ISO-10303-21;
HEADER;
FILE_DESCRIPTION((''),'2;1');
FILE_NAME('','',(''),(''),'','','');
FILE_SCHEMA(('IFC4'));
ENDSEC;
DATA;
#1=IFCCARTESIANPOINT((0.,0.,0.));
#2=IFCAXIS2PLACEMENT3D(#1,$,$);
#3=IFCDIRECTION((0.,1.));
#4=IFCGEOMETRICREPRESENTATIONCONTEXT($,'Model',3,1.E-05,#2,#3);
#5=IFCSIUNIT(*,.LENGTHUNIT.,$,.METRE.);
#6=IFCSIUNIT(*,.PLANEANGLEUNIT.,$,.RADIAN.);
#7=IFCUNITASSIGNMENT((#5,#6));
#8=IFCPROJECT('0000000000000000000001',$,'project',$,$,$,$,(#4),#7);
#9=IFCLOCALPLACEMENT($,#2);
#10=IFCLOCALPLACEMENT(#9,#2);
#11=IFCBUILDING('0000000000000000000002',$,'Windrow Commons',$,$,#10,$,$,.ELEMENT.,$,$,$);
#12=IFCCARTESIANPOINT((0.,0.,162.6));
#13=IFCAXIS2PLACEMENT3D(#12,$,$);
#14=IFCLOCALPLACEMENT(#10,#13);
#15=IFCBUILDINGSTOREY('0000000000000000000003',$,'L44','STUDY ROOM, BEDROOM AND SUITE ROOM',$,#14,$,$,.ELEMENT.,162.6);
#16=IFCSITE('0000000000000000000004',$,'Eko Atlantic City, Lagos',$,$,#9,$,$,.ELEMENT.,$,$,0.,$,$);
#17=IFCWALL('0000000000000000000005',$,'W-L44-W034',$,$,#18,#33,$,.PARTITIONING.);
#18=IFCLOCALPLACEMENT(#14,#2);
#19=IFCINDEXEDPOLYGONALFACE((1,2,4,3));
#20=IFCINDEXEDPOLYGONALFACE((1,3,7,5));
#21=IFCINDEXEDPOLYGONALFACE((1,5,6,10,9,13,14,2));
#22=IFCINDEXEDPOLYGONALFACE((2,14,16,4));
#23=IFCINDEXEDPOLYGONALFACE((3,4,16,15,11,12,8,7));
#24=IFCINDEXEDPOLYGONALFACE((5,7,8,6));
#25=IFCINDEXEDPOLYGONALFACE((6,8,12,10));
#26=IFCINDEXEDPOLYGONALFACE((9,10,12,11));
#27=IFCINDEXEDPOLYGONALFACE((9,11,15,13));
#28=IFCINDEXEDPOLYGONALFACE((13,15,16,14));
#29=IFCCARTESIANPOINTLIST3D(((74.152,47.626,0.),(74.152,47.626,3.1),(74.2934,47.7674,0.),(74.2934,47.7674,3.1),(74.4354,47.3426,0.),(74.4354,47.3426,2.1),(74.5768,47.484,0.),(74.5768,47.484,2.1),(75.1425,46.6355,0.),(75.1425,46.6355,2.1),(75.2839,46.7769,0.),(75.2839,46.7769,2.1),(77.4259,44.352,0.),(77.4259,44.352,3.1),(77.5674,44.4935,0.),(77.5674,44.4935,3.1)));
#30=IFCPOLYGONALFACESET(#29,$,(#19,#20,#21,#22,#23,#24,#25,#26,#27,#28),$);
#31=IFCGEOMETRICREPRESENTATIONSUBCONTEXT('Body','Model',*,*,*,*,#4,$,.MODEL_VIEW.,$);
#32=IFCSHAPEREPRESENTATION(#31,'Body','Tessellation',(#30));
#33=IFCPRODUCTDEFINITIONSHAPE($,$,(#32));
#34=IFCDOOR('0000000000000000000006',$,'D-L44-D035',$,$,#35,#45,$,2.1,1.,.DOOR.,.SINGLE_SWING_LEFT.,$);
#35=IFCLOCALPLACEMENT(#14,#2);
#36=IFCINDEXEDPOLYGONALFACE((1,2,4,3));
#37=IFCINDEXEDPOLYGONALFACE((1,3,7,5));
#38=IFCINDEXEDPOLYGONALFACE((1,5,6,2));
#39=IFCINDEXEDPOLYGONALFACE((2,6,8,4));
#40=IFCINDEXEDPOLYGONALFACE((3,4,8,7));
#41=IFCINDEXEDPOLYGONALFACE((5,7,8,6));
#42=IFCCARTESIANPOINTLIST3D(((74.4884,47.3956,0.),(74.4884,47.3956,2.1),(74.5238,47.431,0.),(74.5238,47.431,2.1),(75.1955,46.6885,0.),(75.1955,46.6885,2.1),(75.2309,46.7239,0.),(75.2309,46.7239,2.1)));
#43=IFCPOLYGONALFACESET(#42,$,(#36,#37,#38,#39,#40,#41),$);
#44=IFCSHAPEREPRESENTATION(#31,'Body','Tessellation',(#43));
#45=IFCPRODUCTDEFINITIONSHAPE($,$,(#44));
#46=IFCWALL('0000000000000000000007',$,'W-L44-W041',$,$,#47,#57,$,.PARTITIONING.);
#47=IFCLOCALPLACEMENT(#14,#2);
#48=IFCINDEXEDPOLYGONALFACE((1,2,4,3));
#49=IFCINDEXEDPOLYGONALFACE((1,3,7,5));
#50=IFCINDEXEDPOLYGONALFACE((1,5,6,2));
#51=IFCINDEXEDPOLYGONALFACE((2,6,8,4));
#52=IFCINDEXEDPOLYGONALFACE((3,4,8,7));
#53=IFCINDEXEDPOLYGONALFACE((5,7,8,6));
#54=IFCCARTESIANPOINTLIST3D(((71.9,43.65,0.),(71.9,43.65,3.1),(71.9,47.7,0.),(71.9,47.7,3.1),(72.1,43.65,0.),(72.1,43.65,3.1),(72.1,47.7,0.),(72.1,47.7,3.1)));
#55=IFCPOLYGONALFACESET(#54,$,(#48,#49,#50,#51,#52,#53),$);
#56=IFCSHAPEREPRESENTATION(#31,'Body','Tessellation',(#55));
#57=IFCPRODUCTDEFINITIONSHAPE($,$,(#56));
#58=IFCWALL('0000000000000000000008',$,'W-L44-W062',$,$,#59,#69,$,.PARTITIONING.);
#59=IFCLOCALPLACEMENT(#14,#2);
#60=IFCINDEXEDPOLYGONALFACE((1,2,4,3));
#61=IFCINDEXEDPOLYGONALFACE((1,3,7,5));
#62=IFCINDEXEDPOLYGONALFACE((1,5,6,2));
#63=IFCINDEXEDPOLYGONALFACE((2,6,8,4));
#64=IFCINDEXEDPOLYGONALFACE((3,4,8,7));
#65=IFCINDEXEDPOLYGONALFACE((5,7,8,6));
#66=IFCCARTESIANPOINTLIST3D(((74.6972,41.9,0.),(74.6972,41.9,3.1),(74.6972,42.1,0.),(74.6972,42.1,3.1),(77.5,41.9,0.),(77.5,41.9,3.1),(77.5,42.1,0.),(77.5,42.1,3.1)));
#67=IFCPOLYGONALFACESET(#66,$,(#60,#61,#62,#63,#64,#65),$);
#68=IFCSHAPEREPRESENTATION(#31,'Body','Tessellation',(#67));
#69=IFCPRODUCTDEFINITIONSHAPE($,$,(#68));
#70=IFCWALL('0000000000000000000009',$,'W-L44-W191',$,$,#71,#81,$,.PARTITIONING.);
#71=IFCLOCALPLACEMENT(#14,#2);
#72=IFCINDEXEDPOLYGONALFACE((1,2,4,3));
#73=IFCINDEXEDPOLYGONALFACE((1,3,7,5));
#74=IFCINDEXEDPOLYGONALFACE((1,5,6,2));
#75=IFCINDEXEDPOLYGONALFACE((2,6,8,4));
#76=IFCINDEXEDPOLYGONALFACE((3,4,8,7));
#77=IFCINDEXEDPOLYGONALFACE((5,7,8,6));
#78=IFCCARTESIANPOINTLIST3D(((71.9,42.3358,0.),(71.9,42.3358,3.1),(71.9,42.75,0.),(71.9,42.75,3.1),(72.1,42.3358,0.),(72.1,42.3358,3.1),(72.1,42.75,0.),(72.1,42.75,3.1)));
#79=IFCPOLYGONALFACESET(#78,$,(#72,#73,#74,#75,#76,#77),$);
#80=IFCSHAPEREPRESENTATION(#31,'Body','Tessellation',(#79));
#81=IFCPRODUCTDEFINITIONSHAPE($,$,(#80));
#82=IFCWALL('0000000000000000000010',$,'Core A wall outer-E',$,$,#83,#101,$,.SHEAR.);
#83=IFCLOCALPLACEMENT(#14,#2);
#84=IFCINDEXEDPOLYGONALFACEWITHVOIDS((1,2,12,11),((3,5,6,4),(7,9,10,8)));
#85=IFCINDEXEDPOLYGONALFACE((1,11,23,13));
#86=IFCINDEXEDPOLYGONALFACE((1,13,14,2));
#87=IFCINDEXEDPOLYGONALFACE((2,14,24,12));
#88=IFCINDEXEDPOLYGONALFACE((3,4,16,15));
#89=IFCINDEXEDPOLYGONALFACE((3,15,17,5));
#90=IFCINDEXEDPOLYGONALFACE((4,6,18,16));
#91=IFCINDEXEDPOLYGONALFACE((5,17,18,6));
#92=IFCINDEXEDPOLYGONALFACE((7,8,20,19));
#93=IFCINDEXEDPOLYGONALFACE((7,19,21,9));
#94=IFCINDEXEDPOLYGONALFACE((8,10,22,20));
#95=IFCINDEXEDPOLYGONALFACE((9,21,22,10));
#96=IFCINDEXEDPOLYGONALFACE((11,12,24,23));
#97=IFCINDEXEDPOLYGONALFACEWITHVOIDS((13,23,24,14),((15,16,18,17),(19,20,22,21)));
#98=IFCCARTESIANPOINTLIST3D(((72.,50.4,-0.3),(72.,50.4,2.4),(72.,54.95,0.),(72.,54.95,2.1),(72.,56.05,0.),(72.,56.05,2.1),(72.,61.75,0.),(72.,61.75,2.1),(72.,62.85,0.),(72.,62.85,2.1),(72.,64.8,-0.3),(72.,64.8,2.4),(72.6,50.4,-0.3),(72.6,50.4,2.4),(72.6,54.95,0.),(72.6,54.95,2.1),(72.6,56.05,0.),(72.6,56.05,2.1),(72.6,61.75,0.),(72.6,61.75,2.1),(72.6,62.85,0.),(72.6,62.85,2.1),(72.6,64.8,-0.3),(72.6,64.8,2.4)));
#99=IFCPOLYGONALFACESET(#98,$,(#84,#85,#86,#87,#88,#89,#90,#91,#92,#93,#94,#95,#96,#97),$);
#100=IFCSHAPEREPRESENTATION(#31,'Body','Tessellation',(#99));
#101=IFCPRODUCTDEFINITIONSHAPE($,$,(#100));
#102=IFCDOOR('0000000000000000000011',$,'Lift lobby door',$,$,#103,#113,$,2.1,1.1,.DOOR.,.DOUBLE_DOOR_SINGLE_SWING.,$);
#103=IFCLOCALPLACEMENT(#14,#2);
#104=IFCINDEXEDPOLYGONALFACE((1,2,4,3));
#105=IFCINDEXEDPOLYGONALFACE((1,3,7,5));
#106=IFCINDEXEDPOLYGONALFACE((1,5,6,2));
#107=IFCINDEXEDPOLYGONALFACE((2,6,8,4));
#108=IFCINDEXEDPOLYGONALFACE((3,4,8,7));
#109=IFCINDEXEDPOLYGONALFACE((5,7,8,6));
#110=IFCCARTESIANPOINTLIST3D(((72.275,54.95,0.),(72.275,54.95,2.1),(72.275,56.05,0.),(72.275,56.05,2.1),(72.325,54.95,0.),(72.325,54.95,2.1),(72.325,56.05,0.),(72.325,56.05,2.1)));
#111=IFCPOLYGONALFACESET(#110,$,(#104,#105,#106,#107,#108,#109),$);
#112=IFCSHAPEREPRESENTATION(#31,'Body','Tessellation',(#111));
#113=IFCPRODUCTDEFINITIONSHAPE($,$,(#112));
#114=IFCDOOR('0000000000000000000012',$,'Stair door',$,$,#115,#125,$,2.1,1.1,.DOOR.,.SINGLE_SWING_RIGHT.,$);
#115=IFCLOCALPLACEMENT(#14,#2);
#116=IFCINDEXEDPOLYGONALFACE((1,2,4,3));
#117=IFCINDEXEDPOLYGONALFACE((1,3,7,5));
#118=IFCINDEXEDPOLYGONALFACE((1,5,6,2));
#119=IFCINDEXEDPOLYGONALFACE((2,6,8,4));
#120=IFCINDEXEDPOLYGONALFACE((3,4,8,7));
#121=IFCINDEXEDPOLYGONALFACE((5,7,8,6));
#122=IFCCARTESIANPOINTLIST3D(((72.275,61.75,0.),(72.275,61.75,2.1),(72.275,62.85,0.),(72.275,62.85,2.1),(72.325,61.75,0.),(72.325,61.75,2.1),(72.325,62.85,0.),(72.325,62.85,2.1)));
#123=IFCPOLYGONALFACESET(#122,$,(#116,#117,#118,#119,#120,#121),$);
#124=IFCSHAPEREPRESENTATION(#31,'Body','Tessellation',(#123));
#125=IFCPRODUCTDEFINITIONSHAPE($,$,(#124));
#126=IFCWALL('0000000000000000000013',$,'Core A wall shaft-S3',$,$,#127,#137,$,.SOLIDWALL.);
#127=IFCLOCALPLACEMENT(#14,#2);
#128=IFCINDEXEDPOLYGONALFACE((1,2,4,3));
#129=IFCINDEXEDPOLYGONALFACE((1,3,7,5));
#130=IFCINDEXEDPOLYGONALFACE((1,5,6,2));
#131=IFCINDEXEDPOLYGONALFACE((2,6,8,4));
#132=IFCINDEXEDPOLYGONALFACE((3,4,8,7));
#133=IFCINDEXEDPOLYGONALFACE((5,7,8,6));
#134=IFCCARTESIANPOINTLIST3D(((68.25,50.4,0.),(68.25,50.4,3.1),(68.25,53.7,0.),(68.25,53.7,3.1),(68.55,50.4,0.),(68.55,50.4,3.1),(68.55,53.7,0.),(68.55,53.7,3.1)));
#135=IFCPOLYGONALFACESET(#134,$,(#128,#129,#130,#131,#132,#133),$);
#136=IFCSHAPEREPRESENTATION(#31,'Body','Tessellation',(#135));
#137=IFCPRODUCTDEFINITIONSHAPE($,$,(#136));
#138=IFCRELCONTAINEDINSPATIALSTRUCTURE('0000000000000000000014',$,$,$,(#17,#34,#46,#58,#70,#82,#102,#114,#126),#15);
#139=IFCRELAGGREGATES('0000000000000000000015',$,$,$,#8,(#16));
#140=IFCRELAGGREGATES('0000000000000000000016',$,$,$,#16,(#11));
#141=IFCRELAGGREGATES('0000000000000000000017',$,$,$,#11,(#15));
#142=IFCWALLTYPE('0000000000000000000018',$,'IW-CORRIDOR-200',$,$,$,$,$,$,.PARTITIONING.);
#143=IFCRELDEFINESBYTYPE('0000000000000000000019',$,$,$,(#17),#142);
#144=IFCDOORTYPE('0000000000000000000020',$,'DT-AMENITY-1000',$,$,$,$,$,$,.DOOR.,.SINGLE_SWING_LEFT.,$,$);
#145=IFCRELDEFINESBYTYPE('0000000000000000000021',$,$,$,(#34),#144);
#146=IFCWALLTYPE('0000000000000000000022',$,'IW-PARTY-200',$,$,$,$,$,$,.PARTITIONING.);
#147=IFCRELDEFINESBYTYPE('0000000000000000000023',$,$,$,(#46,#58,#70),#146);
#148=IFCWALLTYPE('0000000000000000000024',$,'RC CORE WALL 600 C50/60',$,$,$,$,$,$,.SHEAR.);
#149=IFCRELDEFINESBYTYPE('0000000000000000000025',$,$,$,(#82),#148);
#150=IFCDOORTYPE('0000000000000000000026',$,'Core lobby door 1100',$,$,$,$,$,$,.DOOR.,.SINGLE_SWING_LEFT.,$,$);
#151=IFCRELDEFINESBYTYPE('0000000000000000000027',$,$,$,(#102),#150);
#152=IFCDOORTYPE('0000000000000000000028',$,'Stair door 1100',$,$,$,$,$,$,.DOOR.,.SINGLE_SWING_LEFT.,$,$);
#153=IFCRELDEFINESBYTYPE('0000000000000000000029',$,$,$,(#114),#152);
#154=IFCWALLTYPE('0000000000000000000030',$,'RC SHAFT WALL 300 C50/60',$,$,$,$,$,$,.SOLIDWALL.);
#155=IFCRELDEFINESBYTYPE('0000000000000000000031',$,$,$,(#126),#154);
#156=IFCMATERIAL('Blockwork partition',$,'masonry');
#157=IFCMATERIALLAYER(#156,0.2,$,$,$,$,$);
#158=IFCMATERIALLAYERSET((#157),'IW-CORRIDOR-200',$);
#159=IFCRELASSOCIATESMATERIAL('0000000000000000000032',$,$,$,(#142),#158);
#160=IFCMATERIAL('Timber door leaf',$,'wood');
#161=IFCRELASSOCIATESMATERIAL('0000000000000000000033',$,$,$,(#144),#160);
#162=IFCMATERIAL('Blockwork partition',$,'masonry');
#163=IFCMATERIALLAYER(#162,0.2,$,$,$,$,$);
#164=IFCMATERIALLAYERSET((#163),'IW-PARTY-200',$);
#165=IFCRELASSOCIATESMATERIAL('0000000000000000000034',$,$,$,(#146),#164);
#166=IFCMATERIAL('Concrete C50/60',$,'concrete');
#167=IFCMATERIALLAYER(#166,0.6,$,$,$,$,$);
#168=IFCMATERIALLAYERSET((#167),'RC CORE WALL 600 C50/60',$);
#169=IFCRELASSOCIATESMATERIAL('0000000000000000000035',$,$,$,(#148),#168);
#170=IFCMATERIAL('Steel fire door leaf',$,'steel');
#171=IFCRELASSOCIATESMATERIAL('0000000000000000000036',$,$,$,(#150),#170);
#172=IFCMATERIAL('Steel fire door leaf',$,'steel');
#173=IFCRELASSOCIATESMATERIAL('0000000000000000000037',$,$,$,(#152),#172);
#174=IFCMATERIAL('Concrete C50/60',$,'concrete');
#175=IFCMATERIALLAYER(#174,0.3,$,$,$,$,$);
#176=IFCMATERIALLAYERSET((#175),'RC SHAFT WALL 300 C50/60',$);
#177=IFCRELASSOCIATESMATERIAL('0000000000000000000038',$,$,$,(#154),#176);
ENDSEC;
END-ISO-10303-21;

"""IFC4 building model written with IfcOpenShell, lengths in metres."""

from ifc_helpers import new_model, si_unit, direction, frame, frame_2d, origin, place, context, subcontext, project, spatial, rectangle, extrude, material, layer, layer_set, type_object, element, fill, save


model = new_model("IFC4")

# Units and contexts
model_context = context("Model", 3, precision=1e-05, world=origin(), true_north=direction((0.0, 1.0)))
body_context = subcontext(model_context, "Body", "Model", "MODEL_VIEW")
ifc_project = project(units=[si_unit("LENGTHUNIT", "METRE"), si_unit("PLANEANGLEUNIT", "RADIAN")], contexts=[model_context])

# Site, building, storey
site_placement = place(None, origin())
site = spatial("IfcSite", under=ifc_project, at=site_placement, Name="Eko Atlantic City, Lagos", CompositionType="ELEMENT", RefElevation=0.0)
building_placement = place(site_placement, origin())
building = spatial("IfcBuilding", under=site, at=building_placement, Name="Windrow Commons", CompositionType="ELEMENT")
storey_placement = place(building_placement, frame((0.0, 0.0, 162.6)))
storey = spatial("IfcBuildingStorey", under=building, at=storey_placement, Name="L44", Description="STUDY ROOM, BEDROOM AND SUITE ROOM", CompositionType="ELEMENT", Elevation=162.6)

# Wall, opening, door
ifc_material_1 = material(Name="Blockwork partition", Category="masonry")
ifc_layer_1 = layer(ifc_material_1, 0.2)
ifc_layer_set_1 = layer_set([ifc_layer_1], Name="IW-CORRIDOR-200")
wall_type_1 = type_object("IfcWallType", Name="IW-CORRIDOR-200", PredefinedType="PARTITIONING", material=ifc_layer_set_1)
wall_1_placement = place(storey_placement, frame((74.2227, 47.6967, 0.0), z_axis=(0.0, 0.0, 1.0), x_axis=(0.707107, -0.707107, 0.0)))
wall_1 = element("IfcWall", 1, at=wall_1_placement, inside=storey, type_object=wall_type_1, Name="W-L44-W034", PredefinedType="PARTITIONING", context=body_context, shape_type="SweptSolid", body=[
    extrude(rectangle(XDim=4.6301, YDim=0.2, at=frame_2d((2.315, 0.0))), origin(), (0.0, 0.0, 1.0), 3.1),
])
opening_1_placement = place(wall_1_placement, frame((0.4008, 0.0, 0.0)))
opening_1 = element("IfcOpeningElement", 2, at=opening_1_placement, cuts=wall_1, PredefinedType="OPENING", context=body_context, shape_type="SweptSolid", body=[
    extrude(rectangle(XDim=1.0, YDim=2.1, at=frame_2d((0.5, 1.05))), frame((0.0, 0.11, 0.0), z_axis=(0.0, -1.0, 0.0), x_axis=(1.0, 0.0, 0.0)), (0.0, 0.0, 1.0), 0.22),
])
ifc_material_2 = material(Name="Timber door leaf", Category="wood")
door_type_1 = type_object("IfcDoorType", Name="DT-AMENITY-1000", OperationType="SINGLE_SWING_LEFT", PredefinedType="DOOR", material=ifc_material_2)
door_1_placement = place(opening_1_placement, origin())
door_1 = element("IfcDoor", 3, at=door_1_placement, inside=storey, type_object=door_type_1, Name="D-L44-D035", OperationType="SINGLE_SWING_LEFT", OverallHeight=2.1, OverallWidth=1.0, PredefinedType="DOOR", context=body_context, shape_type="SweptSolid", body=[
    extrude(rectangle(XDim=1.0, YDim=2.1, at=frame_2d((0.5, 1.05))), frame((0.0, 0.025, 0.0), z_axis=(0.0, -1.0, 0.0), x_axis=(1.0, 0.0, 0.0)), (0.0, 0.0, 1.0), 0.05),
])
fill(opening_1, door_1)

# Walls
ifc_material_3 = material(Name="Blockwork partition", Category="masonry")
ifc_layer_2 = layer(ifc_material_3, 0.2)
ifc_layer_set_2 = layer_set([ifc_layer_2], Name="IW-PARTY-200")
wall_type_2 = type_object("IfcWallType", Name="IW-PARTY-200", PredefinedType="PARTITIONING", material=ifc_layer_set_2)
wall_2_placement = place(storey_placement, frame((72.0, 43.65, 0.0), z_axis=(0.0, 0.0, 1.0), x_axis=(0.0, 1.0, 0.0)))
element("IfcWall", 4, at=wall_2_placement, inside=storey, type_object=wall_type_2, Name="W-L44-W041", PredefinedType="PARTITIONING", context=body_context, shape_type="SweptSolid", body=[
    extrude(rectangle(XDim=4.05, YDim=0.2, at=frame_2d((2.025, 0.0))), origin(), (0.0, 0.0, 1.0), 3.1),
])
wall_3_placement = place(storey_placement, frame((74.6972, 42.0, 0.0), z_axis=(0.0, 0.0, 1.0), x_axis=(1.0, 0.0, 0.0)))
element("IfcWall", 5, at=wall_3_placement, inside=storey, type_object=wall_type_2, Name="W-L44-W062", PredefinedType="PARTITIONING", context=body_context, shape_type="SweptSolid", body=[
    extrude(rectangle(XDim=2.8028, YDim=0.2, at=frame_2d((1.4014, 0.0))), origin(), (0.0, 0.0, 1.0), 3.1),
])
wall_4_placement = place(storey_placement, frame((72.0, 42.3358, 0.0), z_axis=(0.0, 0.0, 1.0), x_axis=(0.0, 1.0, 0.0)))
element("IfcWall", 6, at=wall_4_placement, inside=storey, type_object=wall_type_2, Name="W-L44-W191", PredefinedType="PARTITIONING", context=body_context, shape_type="SweptSolid", body=[
    extrude(rectangle(XDim=0.4142, YDim=0.2, at=frame_2d((0.2071, 0.0))), origin(), (0.0, 0.0, 1.0), 3.1),
])

# Wall, openings, doors
ifc_material_4 = material(Name="Concrete C50/60", Category="concrete")
ifc_layer_3 = layer(ifc_material_4, 0.6)
ifc_layer_set_3 = layer_set([ifc_layer_3], Name="RC CORE WALL 600 C50/60")
wall_type_3 = type_object("IfcWallType", Name="RC CORE WALL 600 C50/60", PredefinedType="SHEAR", material=ifc_layer_set_3)
wall_5_placement = place(storey_placement, frame((72.3, 50.4, -0.3), z_axis=(0.0, 0.0, 1.0), x_axis=(0.0, 1.0, 0.0)))
wall_5 = element("IfcWall", 7, at=wall_5_placement, inside=storey, type_object=wall_type_3, Name="Core A wall outer-E", PredefinedType="SHEAR", context=body_context, shape_type="SweptSolid", body=[
    extrude(rectangle(XDim=14.4, YDim=0.6, at=frame_2d((7.2, 0.0))), origin(), (0.0, 0.0, 1.0), 2.7),
])
opening_2_placement = place(wall_5_placement, frame((4.55, 0.0, 0.3)))
opening_2 = element("IfcOpeningElement", 8, at=opening_2_placement, cuts=wall_5, PredefinedType="OPENING", context=body_context, shape_type="SweptSolid", body=[
    extrude(rectangle(XDim=1.1, YDim=2.1, at=frame_2d((0.55, 1.05))), frame((0.0, 0.31, 0.0), z_axis=(0.0, -1.0, 0.0), x_axis=(1.0, 0.0, 0.0)), (0.0, 0.0, 1.0), 0.62),
])
opening_3_placement = place(wall_5_placement, frame((11.35, 0.0, 0.3)))
opening_3 = element("IfcOpeningElement", 9, at=opening_3_placement, cuts=wall_5, PredefinedType="OPENING", context=body_context, shape_type="SweptSolid", body=[
    extrude(rectangle(XDim=1.1, YDim=2.1, at=frame_2d((0.55, 1.05))), frame((0.0, 0.31, 0.0), z_axis=(0.0, -1.0, 0.0), x_axis=(1.0, 0.0, 0.0)), (0.0, 0.0, 1.0), 0.62),
])
ifc_material_5 = material(Name="Steel fire door leaf", Category="steel")
door_type_2 = type_object("IfcDoorType", Name="Core lobby door 1100", OperationType="SINGLE_SWING_LEFT", PredefinedType="DOOR", material=ifc_material_5)
door_2_placement = place(opening_2_placement, origin())
door_2 = element("IfcDoor", 10, at=door_2_placement, inside=storey, type_object=door_type_2, Name="Lift lobby door", OperationType="DOUBLE_DOOR_SINGLE_SWING", OverallHeight=2.1, OverallWidth=1.1, PredefinedType="DOOR", context=body_context, shape_type="SweptSolid", body=[
    extrude(rectangle(XDim=1.1, YDim=2.1, at=frame_2d((0.55, 1.05))), frame((0.0, 0.025, 0.0), z_axis=(0.0, -1.0, 0.0), x_axis=(1.0, 0.0, 0.0)), (0.0, 0.0, 1.0), 0.05),
])
fill(opening_2, door_2)
ifc_material_6 = material(Name="Steel fire door leaf", Category="steel")
door_type_3 = type_object("IfcDoorType", Name="Stair door 1100", OperationType="SINGLE_SWING_LEFT", PredefinedType="DOOR", material=ifc_material_6)
door_3_placement = place(opening_3_placement, origin())
door_3 = element("IfcDoor", 11, at=door_3_placement, inside=storey, type_object=door_type_3, Name="Stair door", OperationType="SINGLE_SWING_RIGHT", OverallHeight=2.1, OverallWidth=1.1, PredefinedType="DOOR", context=body_context, shape_type="SweptSolid", body=[
    extrude(rectangle(XDim=1.1, YDim=2.1, at=frame_2d((0.55, 1.05))), frame((0.0, 0.025, 0.0), z_axis=(0.0, -1.0, 0.0), x_axis=(1.0, 0.0, 0.0)), (0.0, 0.0, 1.0), 0.05),
])
fill(opening_3, door_3)

# Wall
ifc_material_7 = material(Name="Concrete C50/60", Category="concrete")
ifc_layer_4 = layer(ifc_material_7, 0.3)
ifc_layer_set_4 = layer_set([ifc_layer_4], Name="RC SHAFT WALL 300 C50/60")
wall_type_4 = type_object("IfcWallType", Name="RC SHAFT WALL 300 C50/60", PredefinedType="SOLIDWALL", material=ifc_layer_set_4)
wall_6_placement = place(storey_placement, frame((68.4, 50.4, 0.0), z_axis=(0.0, 0.0, 1.0), x_axis=(0.0, 1.0, 0.0)))
element("IfcWall", 12, at=wall_6_placement, inside=storey, type_object=wall_type_4, Name="Core A wall shaft-S3", PredefinedType="SOLIDWALL", context=body_context, shape_type="SweptSolid", body=[
    extrude(rectangle(XDim=3.3, YDim=0.3, at=frame_2d((1.65, 0.0))), origin(), (0.0, 0.0, 1.0), 3.1),
])

save(model, "model.ifc")
